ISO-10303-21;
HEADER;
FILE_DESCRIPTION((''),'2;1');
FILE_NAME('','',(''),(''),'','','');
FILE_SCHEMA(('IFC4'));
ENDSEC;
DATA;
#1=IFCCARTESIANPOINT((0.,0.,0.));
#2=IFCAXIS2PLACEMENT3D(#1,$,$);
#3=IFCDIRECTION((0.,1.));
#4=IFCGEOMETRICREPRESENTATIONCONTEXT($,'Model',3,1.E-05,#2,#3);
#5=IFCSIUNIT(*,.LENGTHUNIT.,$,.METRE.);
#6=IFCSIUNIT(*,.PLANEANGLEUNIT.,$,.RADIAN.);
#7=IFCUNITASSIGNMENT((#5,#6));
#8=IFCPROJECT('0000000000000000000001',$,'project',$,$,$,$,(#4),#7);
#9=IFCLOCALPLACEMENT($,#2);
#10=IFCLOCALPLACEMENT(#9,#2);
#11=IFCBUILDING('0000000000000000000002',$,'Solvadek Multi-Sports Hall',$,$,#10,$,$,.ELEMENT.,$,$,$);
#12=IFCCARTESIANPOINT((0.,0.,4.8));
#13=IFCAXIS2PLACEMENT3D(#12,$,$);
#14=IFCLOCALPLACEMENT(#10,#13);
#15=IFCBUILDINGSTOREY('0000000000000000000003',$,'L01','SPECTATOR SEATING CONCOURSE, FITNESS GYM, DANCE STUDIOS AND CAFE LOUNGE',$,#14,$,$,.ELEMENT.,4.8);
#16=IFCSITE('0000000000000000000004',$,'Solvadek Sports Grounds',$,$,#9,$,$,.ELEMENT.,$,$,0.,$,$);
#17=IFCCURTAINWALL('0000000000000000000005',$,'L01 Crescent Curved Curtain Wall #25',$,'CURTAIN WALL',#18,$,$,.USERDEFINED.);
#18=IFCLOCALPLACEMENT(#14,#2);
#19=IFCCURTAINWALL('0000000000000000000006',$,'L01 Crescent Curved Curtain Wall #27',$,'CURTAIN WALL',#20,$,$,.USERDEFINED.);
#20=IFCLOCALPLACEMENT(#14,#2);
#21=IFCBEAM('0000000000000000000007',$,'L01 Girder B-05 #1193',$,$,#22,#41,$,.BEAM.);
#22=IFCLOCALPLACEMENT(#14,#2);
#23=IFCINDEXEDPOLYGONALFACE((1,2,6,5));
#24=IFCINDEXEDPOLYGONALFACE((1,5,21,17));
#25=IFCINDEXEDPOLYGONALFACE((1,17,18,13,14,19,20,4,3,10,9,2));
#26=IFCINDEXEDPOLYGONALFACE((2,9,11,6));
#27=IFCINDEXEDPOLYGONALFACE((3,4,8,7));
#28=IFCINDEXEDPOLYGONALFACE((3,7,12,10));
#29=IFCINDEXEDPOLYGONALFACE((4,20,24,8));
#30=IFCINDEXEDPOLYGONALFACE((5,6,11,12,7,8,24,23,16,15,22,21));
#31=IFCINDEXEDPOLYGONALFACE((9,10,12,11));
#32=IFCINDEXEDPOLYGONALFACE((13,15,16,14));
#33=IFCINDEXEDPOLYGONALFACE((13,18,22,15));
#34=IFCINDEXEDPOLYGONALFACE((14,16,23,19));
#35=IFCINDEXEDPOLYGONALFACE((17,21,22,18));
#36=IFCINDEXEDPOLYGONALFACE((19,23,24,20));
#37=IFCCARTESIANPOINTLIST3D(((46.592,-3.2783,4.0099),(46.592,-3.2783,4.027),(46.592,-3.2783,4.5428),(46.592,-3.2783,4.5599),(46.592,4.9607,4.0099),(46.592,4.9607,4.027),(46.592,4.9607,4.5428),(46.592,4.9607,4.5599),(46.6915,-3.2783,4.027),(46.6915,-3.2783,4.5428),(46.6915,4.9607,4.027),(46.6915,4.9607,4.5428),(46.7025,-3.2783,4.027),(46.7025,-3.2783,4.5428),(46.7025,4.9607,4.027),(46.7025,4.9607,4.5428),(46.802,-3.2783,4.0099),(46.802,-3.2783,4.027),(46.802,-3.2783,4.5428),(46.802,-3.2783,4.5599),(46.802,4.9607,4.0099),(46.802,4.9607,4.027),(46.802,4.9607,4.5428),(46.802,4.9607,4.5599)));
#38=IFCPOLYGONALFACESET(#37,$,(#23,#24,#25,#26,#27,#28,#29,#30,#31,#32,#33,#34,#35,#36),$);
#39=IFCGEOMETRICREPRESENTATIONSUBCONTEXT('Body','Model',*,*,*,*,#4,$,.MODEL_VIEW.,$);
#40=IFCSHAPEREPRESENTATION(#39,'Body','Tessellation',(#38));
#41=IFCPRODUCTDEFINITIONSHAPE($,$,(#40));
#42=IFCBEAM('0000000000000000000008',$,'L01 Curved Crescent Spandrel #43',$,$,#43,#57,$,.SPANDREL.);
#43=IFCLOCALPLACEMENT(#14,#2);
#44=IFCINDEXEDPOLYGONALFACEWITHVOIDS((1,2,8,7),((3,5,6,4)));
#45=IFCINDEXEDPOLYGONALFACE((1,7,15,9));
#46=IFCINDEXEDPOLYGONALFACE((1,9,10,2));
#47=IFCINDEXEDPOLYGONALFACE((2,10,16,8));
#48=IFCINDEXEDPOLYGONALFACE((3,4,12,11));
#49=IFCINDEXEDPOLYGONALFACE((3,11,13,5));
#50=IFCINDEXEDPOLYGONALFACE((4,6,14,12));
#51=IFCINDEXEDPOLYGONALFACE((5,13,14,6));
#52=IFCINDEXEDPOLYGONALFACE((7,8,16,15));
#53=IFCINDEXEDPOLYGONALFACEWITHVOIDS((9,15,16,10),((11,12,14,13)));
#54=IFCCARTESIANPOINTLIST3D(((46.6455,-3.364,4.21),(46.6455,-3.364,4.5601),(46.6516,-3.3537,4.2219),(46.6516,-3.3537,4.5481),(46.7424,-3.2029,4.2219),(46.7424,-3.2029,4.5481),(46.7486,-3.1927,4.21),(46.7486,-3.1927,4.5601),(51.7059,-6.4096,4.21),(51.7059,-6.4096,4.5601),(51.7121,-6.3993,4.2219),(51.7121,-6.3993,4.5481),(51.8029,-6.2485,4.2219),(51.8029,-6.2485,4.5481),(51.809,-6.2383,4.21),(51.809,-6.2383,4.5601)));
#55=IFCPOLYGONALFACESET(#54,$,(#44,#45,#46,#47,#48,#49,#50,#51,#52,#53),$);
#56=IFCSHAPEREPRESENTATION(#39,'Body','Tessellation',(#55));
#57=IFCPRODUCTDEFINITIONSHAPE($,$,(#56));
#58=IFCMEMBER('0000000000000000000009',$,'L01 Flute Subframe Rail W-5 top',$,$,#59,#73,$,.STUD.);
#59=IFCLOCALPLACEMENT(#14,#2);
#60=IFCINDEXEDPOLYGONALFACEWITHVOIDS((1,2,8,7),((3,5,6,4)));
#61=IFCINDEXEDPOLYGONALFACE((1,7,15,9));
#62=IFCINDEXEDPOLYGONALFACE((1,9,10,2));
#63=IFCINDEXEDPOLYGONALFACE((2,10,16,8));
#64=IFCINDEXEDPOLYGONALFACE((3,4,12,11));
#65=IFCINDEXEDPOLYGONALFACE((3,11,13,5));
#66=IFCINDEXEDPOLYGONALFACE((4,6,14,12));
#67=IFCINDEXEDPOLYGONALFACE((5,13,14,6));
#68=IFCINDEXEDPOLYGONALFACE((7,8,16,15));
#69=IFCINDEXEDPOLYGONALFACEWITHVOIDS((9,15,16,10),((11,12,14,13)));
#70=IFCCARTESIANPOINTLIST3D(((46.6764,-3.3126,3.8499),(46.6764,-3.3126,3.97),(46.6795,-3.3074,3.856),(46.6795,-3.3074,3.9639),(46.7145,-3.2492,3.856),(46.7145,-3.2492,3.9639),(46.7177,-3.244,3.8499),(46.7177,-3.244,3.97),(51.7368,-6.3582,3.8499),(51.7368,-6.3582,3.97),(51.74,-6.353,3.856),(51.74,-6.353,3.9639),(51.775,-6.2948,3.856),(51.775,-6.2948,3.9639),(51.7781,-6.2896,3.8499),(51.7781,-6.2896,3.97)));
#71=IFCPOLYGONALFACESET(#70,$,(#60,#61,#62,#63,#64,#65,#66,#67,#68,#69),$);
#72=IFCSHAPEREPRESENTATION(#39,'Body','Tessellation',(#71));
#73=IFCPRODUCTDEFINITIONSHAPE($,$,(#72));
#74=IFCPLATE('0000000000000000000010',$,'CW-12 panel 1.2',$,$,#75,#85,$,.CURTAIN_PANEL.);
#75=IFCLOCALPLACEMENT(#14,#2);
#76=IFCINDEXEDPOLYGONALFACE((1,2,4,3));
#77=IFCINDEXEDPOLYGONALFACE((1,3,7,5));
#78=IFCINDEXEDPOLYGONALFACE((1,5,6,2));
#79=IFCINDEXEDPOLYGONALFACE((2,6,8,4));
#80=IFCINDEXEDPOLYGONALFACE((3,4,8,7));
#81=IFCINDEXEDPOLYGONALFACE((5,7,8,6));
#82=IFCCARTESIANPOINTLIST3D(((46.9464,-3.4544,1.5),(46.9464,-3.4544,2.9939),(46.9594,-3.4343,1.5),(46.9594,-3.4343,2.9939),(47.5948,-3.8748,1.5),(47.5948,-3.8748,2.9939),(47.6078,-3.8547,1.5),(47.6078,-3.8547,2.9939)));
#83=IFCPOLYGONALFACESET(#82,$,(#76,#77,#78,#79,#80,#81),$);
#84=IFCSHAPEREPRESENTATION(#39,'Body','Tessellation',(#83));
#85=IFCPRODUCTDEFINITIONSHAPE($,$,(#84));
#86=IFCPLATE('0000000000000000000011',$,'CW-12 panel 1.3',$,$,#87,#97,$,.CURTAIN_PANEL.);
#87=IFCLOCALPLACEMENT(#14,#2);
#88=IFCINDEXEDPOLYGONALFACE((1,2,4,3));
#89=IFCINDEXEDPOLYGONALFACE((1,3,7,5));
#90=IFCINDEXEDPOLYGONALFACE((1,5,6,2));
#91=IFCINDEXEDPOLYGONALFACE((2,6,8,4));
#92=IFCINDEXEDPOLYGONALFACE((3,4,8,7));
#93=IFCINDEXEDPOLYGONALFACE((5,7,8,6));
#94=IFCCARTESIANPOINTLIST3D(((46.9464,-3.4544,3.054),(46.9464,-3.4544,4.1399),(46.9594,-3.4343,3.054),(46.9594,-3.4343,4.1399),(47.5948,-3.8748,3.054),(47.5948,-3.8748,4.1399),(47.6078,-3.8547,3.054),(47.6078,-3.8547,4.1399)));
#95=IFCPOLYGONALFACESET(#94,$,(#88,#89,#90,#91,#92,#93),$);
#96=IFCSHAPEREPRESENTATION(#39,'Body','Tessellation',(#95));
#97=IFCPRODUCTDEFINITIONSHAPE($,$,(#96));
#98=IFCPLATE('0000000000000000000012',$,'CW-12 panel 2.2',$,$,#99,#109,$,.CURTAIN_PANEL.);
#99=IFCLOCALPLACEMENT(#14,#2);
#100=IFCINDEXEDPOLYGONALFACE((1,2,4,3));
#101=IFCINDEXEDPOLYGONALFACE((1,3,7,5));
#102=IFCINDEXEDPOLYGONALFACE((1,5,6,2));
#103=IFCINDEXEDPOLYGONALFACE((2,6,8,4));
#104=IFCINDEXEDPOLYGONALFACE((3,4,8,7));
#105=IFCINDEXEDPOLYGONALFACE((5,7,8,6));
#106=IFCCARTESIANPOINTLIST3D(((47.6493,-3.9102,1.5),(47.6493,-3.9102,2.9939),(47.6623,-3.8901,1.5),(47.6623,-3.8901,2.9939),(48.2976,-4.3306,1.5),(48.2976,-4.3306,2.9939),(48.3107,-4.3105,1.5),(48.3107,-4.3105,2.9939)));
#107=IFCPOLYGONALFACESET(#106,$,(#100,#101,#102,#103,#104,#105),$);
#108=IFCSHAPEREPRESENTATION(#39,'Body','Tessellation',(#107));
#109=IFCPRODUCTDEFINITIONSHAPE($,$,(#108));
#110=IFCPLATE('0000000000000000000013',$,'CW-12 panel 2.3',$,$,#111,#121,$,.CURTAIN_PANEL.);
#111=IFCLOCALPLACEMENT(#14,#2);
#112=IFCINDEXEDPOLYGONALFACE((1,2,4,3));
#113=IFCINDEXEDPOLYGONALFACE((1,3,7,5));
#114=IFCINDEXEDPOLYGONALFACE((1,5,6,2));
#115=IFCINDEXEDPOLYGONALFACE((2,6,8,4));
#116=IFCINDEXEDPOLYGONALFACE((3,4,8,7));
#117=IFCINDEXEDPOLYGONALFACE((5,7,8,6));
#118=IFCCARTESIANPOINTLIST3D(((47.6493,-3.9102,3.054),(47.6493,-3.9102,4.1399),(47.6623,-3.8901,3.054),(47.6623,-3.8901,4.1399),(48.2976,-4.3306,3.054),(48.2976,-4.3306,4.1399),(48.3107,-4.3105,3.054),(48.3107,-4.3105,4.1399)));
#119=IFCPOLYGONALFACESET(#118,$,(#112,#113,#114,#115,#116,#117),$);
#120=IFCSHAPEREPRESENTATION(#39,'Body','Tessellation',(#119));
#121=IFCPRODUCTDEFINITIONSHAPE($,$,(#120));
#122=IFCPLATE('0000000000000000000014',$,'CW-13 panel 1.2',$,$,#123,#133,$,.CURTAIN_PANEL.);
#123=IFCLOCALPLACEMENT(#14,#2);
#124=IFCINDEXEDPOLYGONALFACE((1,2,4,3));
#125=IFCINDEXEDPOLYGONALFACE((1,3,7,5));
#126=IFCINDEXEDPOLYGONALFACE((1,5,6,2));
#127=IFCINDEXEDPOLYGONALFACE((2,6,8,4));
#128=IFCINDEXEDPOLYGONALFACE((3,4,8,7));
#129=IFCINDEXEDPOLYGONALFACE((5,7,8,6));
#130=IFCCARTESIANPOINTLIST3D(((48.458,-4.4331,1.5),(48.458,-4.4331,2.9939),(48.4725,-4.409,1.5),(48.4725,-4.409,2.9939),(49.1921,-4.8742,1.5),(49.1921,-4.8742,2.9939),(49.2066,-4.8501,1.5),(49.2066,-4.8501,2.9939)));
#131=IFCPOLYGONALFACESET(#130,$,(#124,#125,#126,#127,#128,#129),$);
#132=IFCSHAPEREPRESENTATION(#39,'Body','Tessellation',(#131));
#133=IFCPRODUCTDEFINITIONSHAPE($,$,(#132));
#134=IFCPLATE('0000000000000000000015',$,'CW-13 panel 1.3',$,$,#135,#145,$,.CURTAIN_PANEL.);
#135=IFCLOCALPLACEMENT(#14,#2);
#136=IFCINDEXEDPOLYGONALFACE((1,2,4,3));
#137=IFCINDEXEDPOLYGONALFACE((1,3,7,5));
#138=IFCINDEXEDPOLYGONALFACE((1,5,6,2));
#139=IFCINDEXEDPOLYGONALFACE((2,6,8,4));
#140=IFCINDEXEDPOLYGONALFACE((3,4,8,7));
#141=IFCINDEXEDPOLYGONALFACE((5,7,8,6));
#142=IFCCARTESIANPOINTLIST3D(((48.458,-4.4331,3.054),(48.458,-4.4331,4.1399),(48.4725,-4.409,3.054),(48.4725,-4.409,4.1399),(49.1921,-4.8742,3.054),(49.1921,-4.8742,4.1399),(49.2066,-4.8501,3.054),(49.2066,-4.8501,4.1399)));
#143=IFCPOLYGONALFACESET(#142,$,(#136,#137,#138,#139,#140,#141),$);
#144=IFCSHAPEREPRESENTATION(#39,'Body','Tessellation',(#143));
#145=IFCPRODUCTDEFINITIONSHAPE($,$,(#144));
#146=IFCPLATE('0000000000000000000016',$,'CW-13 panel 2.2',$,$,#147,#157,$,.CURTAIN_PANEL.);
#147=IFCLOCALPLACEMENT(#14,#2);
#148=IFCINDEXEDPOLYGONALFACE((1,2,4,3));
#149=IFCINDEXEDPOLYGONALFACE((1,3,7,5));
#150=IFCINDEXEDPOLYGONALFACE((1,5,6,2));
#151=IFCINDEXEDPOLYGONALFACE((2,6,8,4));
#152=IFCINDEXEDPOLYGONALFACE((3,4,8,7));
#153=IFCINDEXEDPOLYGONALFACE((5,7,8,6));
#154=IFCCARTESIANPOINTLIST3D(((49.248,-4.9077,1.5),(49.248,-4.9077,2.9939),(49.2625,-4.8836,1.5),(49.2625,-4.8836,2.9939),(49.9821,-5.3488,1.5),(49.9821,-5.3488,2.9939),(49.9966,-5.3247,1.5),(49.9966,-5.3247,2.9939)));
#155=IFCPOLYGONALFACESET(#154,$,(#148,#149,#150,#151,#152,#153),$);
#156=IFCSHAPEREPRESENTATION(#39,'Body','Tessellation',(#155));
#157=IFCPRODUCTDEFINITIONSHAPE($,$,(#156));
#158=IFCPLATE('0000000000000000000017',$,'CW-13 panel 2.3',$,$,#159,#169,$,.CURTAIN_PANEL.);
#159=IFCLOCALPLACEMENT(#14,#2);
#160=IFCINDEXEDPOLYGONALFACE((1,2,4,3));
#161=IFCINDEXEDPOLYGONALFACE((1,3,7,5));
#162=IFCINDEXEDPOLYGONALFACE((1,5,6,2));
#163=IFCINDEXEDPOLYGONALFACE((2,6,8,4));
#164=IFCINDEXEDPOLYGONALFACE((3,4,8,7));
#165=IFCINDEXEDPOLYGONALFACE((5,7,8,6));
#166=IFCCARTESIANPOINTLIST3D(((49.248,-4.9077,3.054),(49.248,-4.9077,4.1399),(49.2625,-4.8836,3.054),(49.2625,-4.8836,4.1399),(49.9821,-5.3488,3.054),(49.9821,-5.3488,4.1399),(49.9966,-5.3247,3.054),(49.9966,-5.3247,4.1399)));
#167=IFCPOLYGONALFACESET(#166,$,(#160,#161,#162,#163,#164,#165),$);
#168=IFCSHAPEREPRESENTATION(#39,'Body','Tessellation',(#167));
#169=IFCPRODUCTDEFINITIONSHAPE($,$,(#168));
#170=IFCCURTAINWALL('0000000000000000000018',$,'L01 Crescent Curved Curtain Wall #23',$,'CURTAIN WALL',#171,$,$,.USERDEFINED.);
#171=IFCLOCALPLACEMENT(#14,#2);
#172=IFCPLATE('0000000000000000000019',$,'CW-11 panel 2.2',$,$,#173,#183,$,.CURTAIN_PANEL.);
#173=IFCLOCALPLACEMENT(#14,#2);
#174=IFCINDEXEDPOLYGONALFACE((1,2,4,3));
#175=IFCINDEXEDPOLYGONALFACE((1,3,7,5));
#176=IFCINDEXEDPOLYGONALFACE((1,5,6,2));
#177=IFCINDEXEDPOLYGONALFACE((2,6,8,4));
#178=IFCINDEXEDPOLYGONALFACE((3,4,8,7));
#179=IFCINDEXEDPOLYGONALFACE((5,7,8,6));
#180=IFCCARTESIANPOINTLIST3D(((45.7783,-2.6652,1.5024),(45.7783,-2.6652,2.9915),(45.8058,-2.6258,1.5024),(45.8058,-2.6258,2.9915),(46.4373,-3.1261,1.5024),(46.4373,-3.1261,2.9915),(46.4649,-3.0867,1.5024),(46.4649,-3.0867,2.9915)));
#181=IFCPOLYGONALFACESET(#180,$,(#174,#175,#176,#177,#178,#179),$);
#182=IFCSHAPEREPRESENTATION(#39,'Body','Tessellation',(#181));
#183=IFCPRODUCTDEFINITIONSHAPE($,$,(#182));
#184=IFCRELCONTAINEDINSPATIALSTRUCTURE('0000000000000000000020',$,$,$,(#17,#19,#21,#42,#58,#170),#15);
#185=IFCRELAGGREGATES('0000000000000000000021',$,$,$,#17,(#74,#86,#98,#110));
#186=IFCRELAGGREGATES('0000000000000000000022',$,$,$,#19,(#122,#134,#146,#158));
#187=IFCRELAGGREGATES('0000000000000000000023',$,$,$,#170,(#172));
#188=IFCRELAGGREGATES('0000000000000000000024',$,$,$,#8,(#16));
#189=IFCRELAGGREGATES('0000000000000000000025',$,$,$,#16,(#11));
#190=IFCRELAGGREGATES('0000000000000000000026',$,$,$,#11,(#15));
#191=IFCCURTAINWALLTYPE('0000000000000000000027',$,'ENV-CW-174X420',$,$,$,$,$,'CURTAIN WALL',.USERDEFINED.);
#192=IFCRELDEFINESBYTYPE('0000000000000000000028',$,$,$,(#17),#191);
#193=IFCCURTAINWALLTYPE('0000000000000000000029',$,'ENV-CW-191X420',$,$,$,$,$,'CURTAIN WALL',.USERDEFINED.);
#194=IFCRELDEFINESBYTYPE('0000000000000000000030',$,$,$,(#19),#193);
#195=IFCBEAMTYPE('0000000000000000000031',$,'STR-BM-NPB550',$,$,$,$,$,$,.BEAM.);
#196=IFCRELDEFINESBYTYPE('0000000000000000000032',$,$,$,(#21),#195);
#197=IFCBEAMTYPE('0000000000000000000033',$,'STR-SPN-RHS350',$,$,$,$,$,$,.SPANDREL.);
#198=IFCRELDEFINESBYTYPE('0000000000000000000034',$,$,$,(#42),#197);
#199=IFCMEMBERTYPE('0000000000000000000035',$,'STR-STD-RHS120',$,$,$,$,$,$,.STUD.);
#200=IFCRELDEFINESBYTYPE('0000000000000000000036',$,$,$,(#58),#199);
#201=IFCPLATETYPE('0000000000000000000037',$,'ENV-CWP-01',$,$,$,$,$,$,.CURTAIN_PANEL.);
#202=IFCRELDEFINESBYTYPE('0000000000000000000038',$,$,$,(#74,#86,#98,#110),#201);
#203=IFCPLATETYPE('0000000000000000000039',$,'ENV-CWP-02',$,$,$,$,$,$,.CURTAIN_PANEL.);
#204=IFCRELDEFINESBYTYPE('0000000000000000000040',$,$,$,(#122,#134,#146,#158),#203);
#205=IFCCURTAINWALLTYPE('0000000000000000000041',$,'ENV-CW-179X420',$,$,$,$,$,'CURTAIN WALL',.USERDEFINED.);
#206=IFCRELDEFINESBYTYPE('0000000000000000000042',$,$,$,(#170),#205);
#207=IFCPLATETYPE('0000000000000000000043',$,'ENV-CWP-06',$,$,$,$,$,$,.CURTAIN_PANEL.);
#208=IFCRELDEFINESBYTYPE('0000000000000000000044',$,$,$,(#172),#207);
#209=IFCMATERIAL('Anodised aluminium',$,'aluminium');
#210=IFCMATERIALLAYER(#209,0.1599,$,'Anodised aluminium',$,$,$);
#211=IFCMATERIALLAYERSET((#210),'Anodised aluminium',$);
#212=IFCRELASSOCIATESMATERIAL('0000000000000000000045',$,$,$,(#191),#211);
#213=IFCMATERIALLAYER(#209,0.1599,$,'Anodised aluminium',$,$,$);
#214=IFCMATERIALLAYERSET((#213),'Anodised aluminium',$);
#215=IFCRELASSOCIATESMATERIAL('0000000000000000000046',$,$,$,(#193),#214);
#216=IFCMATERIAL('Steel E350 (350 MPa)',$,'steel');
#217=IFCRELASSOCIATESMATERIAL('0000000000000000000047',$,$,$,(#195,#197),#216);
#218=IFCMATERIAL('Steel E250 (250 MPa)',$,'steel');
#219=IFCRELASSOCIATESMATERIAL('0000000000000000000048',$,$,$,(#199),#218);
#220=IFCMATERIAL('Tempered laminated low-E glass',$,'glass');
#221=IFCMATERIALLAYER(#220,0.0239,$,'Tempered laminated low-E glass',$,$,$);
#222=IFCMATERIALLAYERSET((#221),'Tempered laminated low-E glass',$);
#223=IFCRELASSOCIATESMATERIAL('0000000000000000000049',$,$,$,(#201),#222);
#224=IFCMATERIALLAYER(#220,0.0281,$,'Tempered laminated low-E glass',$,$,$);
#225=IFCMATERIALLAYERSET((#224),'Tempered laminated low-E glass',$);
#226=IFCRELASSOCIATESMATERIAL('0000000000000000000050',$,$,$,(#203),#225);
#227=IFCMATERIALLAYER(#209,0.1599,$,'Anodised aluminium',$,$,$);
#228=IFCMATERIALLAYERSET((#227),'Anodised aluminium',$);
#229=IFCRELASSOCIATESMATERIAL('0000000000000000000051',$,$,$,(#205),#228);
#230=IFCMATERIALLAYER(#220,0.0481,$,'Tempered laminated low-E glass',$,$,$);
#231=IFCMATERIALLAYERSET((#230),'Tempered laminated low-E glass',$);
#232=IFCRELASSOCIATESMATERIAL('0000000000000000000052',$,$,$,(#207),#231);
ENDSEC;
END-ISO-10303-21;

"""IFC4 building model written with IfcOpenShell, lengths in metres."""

from ifc_helpers import new_model, si_unit, direction, frame, origin, origin_2d, place, context, subcontext, project, spatial, rectangle, hollow_rectangle, i_section, extrude, material, layer, layer_set, material_profile, profile_set, type_object, element, aggregate, save


model = new_model("IFC4")

# Units and contexts
model_context = context("Model", 3, precision=1e-05, world=origin(), true_north=direction((0.0, 1.0)))
body_context = subcontext(model_context, "Body", "Model", "MODEL_VIEW")
ifc_project = project(units=[si_unit("LENGTHUNIT", "METRE"), si_unit("PLANEANGLEUNIT", "RADIAN")], contexts=[model_context])

# Site, building, storey
site_placement = place(None, origin())
site = spatial("IfcSite", under=ifc_project, at=site_placement, Name="Solvadek Sports Grounds", CompositionType="ELEMENT", RefElevation=0.0)
building_placement = place(site_placement, origin())
building = spatial("IfcBuilding", under=site, at=building_placement, Name="Solvadek Multi-Sports Hall", CompositionType="ELEMENT")
storey_placement = place(building_placement, frame((0.0, 0.0, 4.8)))
storey = spatial("IfcBuildingStorey", under=building, at=storey_placement, Name="L01", Description="SPECTATOR SEATING CONCOURSE, FITNESS GYM, DANCE STUDIOS AND CAFE LOUNGE", CompositionType="ELEMENT", Elevation=4.8)

# Curtain walls
ifc_material_1 = material(Name="Anodised aluminium", Category="aluminium")
ifc_layer_1 = layer(ifc_material_1, 0.1599, Name="Anodised aluminium")
ifc_layer_set_1 = layer_set([ifc_layer_1], Name="Anodised aluminium")
curtain_wall_type_1 = type_object("IfcCurtainWallType", Name="ENV-CW-174X420", ElementType="CURTAIN WALL", PredefinedType="USERDEFINED", material=ifc_layer_set_1)
curtain_wall_1_placement = place(storey_placement, origin())
curtain_wall_1 = element("IfcCurtainWall", 1, at=curtain_wall_1_placement, inside=storey, type_object=curtain_wall_type_1, Name="L01 Crescent Curved Curtain Wall #25", ObjectType="CURTAIN WALL", PredefinedType="USERDEFINED")
ifc_layer_2 = layer(ifc_material_1, 0.1599, Name="Anodised aluminium")
ifc_layer_set_2 = layer_set([ifc_layer_2], Name="Anodised aluminium")
curtain_wall_type_2 = type_object("IfcCurtainWallType", Name="ENV-CW-191X420", ElementType="CURTAIN WALL", PredefinedType="USERDEFINED", material=ifc_layer_set_2)
curtain_wall_2_placement = place(storey_placement, origin())
curtain_wall_2 = element("IfcCurtainWall", 2, at=curtain_wall_2_placement, inside=storey, type_object=curtain_wall_type_2, Name="L01 Crescent Curved Curtain Wall #27", ObjectType="CURTAIN WALL", PredefinedType="USERDEFINED")

# Beams
ifc_material_2 = material(Name="Steel E350 (350 MPa)", Category="steel")
ifc_material_profile_1 = material_profile(ifc_material_2, i_section(OverallWidth=0.21, OverallDepth=0.55, WebThickness=0.011, FlangeThickness=0.0171, at=origin_2d()), Name="NPB 550")
ifc_profile_set_1 = profile_set([ifc_material_profile_1], Name="Steel E350 (350 MPa)")
beam_type_1 = type_object("IfcBeamType", Name="STR-BM-NPB550", PredefinedType="BEAM", material=ifc_profile_set_1)
beam_1_placement = place(storey_placement, frame((46.697, -3.2783, 4.2849), z_axis=(0.0, 1.0, 0.0), x_axis=(-1.0, 0.0, 0.0)))
element("IfcBeam", 3, at=beam_1_placement, inside=storey, type_object=beam_type_1, Name="L01 Girder B-05 #1193", PredefinedType="BEAM", context=body_context, shape_type="SweptSolid", body=[
    extrude(i_section(OverallWidth=0.21, OverallDepth=0.55, WebThickness=0.011, FlangeThickness=0.0171, at=origin_2d()), origin(), (0.0, 0.0, 1.0), 8.239),
])
ifc_material_profile_2 = material_profile(ifc_material_2, hollow_rectangle(XDim=0.2, YDim=0.3501, WallThickness=0.012, at=origin_2d()), Name="RHS 350x200x12")
ifc_profile_set_2 = profile_set([ifc_material_profile_2], Name="Steel E350 (350 MPa)")
beam_type_2 = type_object("IfcBeamType", Name="STR-SPN-RHS350", PredefinedType="SPANDREL", material=ifc_profile_set_2)
beam_2_placement = place(storey_placement, frame((46.697, -3.2783, 4.385), z_axis=(0.856796, -0.515656, 0.0), x_axis=(0.515656, 0.856796, 0.0)))
element("IfcBeam", 4, at=beam_2_placement, inside=storey, type_object=beam_type_2, Name="L01 Curved Crescent Spandrel #43", PredefinedType="SPANDREL", context=body_context, shape_type="SweptSolid", body=[
    extrude(hollow_rectangle(XDim=0.2, YDim=0.3501, WallThickness=0.012, at=origin_2d()), origin(), (0.0, 0.0, 1.0), 5.9062),
])

# Member
ifc_material_3 = material(Name="Steel E250 (250 MPa)", Category="steel")
ifc_material_profile_3 = material_profile(ifc_material_3, hollow_rectangle(XDim=0.0801, YDim=0.1201, WallThickness=0.0061, at=origin_2d()), Name="RHS 120x80x6")
ifc_profile_set_3 = profile_set([ifc_material_profile_3], Name="Steel E250 (250 MPa)")
member_type_1 = type_object("IfcMemberType", Name="STR-STD-RHS120", PredefinedType="STUD", material=ifc_profile_set_3)
member_1_placement = place(storey_placement, frame((46.697, -3.2783, 3.9099), z_axis=(0.856796, -0.515656, 0.0), x_axis=(0.515656, 0.856796, 0.0)))
element("IfcMember", 5, at=member_1_placement, inside=storey, type_object=member_type_1, Name="L01 Flute Subframe Rail W-5 top", PredefinedType="STUD", context=body_context, shape_type="SweptSolid", body=[
    extrude(hollow_rectangle(XDim=0.0801, YDim=0.1201, WallThickness=0.0061, at=origin_2d()), origin(), (0.0, 0.0, 1.0), 5.9062),
])

# Plates
ifc_material_4 = material(Name="Tempered laminated low-E glass", Category="glass")
ifc_layer_3 = layer(ifc_material_4, 0.0239, Name="Tempered laminated low-E glass")
ifc_layer_set_3 = layer_set([ifc_layer_3], Name="Tempered laminated low-E glass")
plate_type_1 = type_object("IfcPlateType", Name="ENV-CWP-01", PredefinedType="CURTAIN_PANEL", material=ifc_layer_set_3)
plate_1_placement = place(storey_placement, frame((47.2771, -3.6545, 1.5), z_axis=(0.0, 0.0, 1.0), x_axis=(0.839046, -0.544061, 0.0)))
plate_1 = element("IfcPlate", 6, at=plate_1_placement, type_object=plate_type_1, Name="CW-12 panel 1.2", PredefinedType="CURTAIN_PANEL", context=body_context, shape_type="SweptSolid", body=[
    extrude(rectangle(XDim=0.7727, YDim=0.0239, at=origin_2d()), origin(), (0.0, 0.0, 1.0), 1.4939),
])
plate_2_placement = place(storey_placement, frame((47.2771, -3.6545, 3.054), z_axis=(0.0, 0.0, 1.0), x_axis=(0.839046, -0.544061, 0.0)))
plate_2 = element("IfcPlate", 7, at=plate_2_placement, type_object=plate_type_1, Name="CW-12 panel 1.3", PredefinedType="CURTAIN_PANEL", context=body_context, shape_type="SweptSolid", body=[
    extrude(rectangle(XDim=0.7727, YDim=0.0239, at=origin_2d()), origin(), (0.0, 0.0, 1.0), 1.0859),
])
plate_3_placement = place(storey_placement, frame((47.98, -4.1104, 1.5), z_axis=(0.0, 0.0, 1.0), x_axis=(0.839046, -0.544061, 0.0)))
plate_3 = element("IfcPlate", 8, at=plate_3_placement, type_object=plate_type_1, Name="CW-12 panel 2.2", PredefinedType="CURTAIN_PANEL", context=body_context, shape_type="SweptSolid", body=[
    extrude(rectangle(XDim=0.7727, YDim=0.0239, at=origin_2d()), origin(), (0.0, 0.0, 1.0), 1.4939),
])
plate_4_placement = place(storey_placement, frame((47.98, -4.1104, 3.054), z_axis=(0.0, 0.0, 1.0), x_axis=(0.839046, -0.544061, 0.0)))
plate_4 = element("IfcPlate", 9, at=plate_4_placement, type_object=plate_type_1, Name="CW-12 panel 2.3", PredefinedType="CURTAIN_PANEL", context=body_context, shape_type="SweptSolid", body=[
    extrude(rectangle(XDim=0.7727, YDim=0.0239, at=origin_2d()), origin(), (0.0, 0.0, 1.0), 1.0859),
])
aggregate(curtain_wall_1, [plate_1, plate_2, plate_3, plate_4])
ifc_layer_4 = layer(ifc_material_4, 0.0281, Name="Tempered laminated low-E glass")
ifc_layer_set_4 = layer_set([ifc_layer_4], Name="Tempered laminated low-E glass")
plate_type_2 = type_object("IfcPlateType", Name="ENV-CWP-02", PredefinedType="CURTAIN_PANEL", material=ifc_layer_set_4)
plate_5_placement = place(storey_placement, frame((48.8323, -4.6416, 1.5), z_axis=(0.0, 0.0, 1.0), x_axis=(0.857155, -0.515058, 0.0)))
plate_5 = element("IfcPlate", 10, at=plate_5_placement, type_object=plate_type_2, Name="CW-13 panel 1.2", PredefinedType="CURTAIN_PANEL", context=body_context, shape_type="SweptSolid", body=[
    extrude(rectangle(XDim=0.8564, YDim=0.0281, at=origin_2d()), origin(), (0.0, 0.0, 1.0), 1.4939),
])
plate_6_placement = place(storey_placement, frame((48.8323, -4.6416, 3.054), z_axis=(0.0, 0.0, 1.0), x_axis=(0.857155, -0.515058, 0.0)))
plate_6 = element("IfcPlate", 11, at=plate_6_placement, type_object=plate_type_2, Name="CW-13 panel 1.3", PredefinedType="CURTAIN_PANEL", context=body_context, shape_type="SweptSolid", body=[
    extrude(rectangle(XDim=0.8564, YDim=0.0281, at=origin_2d()), origin(), (0.0, 0.0, 1.0), 1.0859),
])
plate_7_placement = place(storey_placement, frame((49.6223, -5.1162, 1.5), z_axis=(0.0, 0.0, 1.0), x_axis=(0.857155, -0.515058, 0.0)))
plate_7 = element("IfcPlate", 12, at=plate_7_placement, type_object=plate_type_2, Name="CW-13 panel 2.2", PredefinedType="CURTAIN_PANEL", context=body_context, shape_type="SweptSolid", body=[
    extrude(rectangle(XDim=0.8564, YDim=0.0281, at=origin_2d()), origin(), (0.0, 0.0, 1.0), 1.4939),
])
plate_8_placement = place(storey_placement, frame((49.6223, -5.1162, 3.054), z_axis=(0.0, 0.0, 1.0), x_axis=(0.857155, -0.515058, 0.0)))
plate_8 = element("IfcPlate", 13, at=plate_8_placement, type_object=plate_type_2, Name="CW-13 panel 2.3", PredefinedType="CURTAIN_PANEL", context=body_context, shape_type="SweptSolid", body=[
    extrude(rectangle(XDim=0.8564, YDim=0.0281, at=origin_2d()), origin(), (0.0, 0.0, 1.0), 1.0859),
])
aggregate(curtain_wall_2, [plate_5, plate_6, plate_7, plate_8])

# Curtain wall, plate
ifc_layer_5 = layer(ifc_material_1, 0.1599, Name="Anodised aluminium")
ifc_layer_set_5 = layer_set([ifc_layer_5], Name="Anodised aluminium")
curtain_wall_type_3 = type_object("IfcCurtainWallType", Name="ENV-CW-179X420", ElementType="CURTAIN WALL", PredefinedType="USERDEFINED", material=ifc_layer_set_5)
curtain_wall_3_placement = place(storey_placement, origin())
curtain_wall_3 = element("IfcCurtainWall", 14, at=curtain_wall_3_placement, inside=storey, type_object=curtain_wall_type_3, Name="L01 Crescent Curved Curtain Wall #23", ObjectType="CURTAIN WALL", PredefinedType="USERDEFINED")
ifc_layer_6 = layer(ifc_material_4, 0.0481, Name="Tempered laminated low-E glass")
ifc_layer_set_6 = layer_set([ifc_layer_6], Name="Tempered laminated low-E glass")
plate_type_3 = type_object("IfcPlateType", Name="ENV-CWP-06", PredefinedType="CURTAIN_PANEL", material=ifc_layer_set_6)
plate_9_placement = place(storey_placement, frame((46.1216, -2.876, 1.5024), z_axis=(0.0, 0.0, 1.0), x_axis=(0.8195, -0.57308, 0.0)))
plate_9 = element("IfcPlate", 15, at=plate_9_placement, type_object=plate_type_3, Name="CW-11 panel 2.2", PredefinedType="CURTAIN_PANEL", context=body_context, shape_type="SweptSolid", body=[
    extrude(rectangle(XDim=0.8042, YDim=0.0481, at=origin_2d()), origin(), (0.0, 0.0, 1.0), 1.489),
])
aggregate(curtain_wall_3, [plate_9])

save(model, "model.ifc")
